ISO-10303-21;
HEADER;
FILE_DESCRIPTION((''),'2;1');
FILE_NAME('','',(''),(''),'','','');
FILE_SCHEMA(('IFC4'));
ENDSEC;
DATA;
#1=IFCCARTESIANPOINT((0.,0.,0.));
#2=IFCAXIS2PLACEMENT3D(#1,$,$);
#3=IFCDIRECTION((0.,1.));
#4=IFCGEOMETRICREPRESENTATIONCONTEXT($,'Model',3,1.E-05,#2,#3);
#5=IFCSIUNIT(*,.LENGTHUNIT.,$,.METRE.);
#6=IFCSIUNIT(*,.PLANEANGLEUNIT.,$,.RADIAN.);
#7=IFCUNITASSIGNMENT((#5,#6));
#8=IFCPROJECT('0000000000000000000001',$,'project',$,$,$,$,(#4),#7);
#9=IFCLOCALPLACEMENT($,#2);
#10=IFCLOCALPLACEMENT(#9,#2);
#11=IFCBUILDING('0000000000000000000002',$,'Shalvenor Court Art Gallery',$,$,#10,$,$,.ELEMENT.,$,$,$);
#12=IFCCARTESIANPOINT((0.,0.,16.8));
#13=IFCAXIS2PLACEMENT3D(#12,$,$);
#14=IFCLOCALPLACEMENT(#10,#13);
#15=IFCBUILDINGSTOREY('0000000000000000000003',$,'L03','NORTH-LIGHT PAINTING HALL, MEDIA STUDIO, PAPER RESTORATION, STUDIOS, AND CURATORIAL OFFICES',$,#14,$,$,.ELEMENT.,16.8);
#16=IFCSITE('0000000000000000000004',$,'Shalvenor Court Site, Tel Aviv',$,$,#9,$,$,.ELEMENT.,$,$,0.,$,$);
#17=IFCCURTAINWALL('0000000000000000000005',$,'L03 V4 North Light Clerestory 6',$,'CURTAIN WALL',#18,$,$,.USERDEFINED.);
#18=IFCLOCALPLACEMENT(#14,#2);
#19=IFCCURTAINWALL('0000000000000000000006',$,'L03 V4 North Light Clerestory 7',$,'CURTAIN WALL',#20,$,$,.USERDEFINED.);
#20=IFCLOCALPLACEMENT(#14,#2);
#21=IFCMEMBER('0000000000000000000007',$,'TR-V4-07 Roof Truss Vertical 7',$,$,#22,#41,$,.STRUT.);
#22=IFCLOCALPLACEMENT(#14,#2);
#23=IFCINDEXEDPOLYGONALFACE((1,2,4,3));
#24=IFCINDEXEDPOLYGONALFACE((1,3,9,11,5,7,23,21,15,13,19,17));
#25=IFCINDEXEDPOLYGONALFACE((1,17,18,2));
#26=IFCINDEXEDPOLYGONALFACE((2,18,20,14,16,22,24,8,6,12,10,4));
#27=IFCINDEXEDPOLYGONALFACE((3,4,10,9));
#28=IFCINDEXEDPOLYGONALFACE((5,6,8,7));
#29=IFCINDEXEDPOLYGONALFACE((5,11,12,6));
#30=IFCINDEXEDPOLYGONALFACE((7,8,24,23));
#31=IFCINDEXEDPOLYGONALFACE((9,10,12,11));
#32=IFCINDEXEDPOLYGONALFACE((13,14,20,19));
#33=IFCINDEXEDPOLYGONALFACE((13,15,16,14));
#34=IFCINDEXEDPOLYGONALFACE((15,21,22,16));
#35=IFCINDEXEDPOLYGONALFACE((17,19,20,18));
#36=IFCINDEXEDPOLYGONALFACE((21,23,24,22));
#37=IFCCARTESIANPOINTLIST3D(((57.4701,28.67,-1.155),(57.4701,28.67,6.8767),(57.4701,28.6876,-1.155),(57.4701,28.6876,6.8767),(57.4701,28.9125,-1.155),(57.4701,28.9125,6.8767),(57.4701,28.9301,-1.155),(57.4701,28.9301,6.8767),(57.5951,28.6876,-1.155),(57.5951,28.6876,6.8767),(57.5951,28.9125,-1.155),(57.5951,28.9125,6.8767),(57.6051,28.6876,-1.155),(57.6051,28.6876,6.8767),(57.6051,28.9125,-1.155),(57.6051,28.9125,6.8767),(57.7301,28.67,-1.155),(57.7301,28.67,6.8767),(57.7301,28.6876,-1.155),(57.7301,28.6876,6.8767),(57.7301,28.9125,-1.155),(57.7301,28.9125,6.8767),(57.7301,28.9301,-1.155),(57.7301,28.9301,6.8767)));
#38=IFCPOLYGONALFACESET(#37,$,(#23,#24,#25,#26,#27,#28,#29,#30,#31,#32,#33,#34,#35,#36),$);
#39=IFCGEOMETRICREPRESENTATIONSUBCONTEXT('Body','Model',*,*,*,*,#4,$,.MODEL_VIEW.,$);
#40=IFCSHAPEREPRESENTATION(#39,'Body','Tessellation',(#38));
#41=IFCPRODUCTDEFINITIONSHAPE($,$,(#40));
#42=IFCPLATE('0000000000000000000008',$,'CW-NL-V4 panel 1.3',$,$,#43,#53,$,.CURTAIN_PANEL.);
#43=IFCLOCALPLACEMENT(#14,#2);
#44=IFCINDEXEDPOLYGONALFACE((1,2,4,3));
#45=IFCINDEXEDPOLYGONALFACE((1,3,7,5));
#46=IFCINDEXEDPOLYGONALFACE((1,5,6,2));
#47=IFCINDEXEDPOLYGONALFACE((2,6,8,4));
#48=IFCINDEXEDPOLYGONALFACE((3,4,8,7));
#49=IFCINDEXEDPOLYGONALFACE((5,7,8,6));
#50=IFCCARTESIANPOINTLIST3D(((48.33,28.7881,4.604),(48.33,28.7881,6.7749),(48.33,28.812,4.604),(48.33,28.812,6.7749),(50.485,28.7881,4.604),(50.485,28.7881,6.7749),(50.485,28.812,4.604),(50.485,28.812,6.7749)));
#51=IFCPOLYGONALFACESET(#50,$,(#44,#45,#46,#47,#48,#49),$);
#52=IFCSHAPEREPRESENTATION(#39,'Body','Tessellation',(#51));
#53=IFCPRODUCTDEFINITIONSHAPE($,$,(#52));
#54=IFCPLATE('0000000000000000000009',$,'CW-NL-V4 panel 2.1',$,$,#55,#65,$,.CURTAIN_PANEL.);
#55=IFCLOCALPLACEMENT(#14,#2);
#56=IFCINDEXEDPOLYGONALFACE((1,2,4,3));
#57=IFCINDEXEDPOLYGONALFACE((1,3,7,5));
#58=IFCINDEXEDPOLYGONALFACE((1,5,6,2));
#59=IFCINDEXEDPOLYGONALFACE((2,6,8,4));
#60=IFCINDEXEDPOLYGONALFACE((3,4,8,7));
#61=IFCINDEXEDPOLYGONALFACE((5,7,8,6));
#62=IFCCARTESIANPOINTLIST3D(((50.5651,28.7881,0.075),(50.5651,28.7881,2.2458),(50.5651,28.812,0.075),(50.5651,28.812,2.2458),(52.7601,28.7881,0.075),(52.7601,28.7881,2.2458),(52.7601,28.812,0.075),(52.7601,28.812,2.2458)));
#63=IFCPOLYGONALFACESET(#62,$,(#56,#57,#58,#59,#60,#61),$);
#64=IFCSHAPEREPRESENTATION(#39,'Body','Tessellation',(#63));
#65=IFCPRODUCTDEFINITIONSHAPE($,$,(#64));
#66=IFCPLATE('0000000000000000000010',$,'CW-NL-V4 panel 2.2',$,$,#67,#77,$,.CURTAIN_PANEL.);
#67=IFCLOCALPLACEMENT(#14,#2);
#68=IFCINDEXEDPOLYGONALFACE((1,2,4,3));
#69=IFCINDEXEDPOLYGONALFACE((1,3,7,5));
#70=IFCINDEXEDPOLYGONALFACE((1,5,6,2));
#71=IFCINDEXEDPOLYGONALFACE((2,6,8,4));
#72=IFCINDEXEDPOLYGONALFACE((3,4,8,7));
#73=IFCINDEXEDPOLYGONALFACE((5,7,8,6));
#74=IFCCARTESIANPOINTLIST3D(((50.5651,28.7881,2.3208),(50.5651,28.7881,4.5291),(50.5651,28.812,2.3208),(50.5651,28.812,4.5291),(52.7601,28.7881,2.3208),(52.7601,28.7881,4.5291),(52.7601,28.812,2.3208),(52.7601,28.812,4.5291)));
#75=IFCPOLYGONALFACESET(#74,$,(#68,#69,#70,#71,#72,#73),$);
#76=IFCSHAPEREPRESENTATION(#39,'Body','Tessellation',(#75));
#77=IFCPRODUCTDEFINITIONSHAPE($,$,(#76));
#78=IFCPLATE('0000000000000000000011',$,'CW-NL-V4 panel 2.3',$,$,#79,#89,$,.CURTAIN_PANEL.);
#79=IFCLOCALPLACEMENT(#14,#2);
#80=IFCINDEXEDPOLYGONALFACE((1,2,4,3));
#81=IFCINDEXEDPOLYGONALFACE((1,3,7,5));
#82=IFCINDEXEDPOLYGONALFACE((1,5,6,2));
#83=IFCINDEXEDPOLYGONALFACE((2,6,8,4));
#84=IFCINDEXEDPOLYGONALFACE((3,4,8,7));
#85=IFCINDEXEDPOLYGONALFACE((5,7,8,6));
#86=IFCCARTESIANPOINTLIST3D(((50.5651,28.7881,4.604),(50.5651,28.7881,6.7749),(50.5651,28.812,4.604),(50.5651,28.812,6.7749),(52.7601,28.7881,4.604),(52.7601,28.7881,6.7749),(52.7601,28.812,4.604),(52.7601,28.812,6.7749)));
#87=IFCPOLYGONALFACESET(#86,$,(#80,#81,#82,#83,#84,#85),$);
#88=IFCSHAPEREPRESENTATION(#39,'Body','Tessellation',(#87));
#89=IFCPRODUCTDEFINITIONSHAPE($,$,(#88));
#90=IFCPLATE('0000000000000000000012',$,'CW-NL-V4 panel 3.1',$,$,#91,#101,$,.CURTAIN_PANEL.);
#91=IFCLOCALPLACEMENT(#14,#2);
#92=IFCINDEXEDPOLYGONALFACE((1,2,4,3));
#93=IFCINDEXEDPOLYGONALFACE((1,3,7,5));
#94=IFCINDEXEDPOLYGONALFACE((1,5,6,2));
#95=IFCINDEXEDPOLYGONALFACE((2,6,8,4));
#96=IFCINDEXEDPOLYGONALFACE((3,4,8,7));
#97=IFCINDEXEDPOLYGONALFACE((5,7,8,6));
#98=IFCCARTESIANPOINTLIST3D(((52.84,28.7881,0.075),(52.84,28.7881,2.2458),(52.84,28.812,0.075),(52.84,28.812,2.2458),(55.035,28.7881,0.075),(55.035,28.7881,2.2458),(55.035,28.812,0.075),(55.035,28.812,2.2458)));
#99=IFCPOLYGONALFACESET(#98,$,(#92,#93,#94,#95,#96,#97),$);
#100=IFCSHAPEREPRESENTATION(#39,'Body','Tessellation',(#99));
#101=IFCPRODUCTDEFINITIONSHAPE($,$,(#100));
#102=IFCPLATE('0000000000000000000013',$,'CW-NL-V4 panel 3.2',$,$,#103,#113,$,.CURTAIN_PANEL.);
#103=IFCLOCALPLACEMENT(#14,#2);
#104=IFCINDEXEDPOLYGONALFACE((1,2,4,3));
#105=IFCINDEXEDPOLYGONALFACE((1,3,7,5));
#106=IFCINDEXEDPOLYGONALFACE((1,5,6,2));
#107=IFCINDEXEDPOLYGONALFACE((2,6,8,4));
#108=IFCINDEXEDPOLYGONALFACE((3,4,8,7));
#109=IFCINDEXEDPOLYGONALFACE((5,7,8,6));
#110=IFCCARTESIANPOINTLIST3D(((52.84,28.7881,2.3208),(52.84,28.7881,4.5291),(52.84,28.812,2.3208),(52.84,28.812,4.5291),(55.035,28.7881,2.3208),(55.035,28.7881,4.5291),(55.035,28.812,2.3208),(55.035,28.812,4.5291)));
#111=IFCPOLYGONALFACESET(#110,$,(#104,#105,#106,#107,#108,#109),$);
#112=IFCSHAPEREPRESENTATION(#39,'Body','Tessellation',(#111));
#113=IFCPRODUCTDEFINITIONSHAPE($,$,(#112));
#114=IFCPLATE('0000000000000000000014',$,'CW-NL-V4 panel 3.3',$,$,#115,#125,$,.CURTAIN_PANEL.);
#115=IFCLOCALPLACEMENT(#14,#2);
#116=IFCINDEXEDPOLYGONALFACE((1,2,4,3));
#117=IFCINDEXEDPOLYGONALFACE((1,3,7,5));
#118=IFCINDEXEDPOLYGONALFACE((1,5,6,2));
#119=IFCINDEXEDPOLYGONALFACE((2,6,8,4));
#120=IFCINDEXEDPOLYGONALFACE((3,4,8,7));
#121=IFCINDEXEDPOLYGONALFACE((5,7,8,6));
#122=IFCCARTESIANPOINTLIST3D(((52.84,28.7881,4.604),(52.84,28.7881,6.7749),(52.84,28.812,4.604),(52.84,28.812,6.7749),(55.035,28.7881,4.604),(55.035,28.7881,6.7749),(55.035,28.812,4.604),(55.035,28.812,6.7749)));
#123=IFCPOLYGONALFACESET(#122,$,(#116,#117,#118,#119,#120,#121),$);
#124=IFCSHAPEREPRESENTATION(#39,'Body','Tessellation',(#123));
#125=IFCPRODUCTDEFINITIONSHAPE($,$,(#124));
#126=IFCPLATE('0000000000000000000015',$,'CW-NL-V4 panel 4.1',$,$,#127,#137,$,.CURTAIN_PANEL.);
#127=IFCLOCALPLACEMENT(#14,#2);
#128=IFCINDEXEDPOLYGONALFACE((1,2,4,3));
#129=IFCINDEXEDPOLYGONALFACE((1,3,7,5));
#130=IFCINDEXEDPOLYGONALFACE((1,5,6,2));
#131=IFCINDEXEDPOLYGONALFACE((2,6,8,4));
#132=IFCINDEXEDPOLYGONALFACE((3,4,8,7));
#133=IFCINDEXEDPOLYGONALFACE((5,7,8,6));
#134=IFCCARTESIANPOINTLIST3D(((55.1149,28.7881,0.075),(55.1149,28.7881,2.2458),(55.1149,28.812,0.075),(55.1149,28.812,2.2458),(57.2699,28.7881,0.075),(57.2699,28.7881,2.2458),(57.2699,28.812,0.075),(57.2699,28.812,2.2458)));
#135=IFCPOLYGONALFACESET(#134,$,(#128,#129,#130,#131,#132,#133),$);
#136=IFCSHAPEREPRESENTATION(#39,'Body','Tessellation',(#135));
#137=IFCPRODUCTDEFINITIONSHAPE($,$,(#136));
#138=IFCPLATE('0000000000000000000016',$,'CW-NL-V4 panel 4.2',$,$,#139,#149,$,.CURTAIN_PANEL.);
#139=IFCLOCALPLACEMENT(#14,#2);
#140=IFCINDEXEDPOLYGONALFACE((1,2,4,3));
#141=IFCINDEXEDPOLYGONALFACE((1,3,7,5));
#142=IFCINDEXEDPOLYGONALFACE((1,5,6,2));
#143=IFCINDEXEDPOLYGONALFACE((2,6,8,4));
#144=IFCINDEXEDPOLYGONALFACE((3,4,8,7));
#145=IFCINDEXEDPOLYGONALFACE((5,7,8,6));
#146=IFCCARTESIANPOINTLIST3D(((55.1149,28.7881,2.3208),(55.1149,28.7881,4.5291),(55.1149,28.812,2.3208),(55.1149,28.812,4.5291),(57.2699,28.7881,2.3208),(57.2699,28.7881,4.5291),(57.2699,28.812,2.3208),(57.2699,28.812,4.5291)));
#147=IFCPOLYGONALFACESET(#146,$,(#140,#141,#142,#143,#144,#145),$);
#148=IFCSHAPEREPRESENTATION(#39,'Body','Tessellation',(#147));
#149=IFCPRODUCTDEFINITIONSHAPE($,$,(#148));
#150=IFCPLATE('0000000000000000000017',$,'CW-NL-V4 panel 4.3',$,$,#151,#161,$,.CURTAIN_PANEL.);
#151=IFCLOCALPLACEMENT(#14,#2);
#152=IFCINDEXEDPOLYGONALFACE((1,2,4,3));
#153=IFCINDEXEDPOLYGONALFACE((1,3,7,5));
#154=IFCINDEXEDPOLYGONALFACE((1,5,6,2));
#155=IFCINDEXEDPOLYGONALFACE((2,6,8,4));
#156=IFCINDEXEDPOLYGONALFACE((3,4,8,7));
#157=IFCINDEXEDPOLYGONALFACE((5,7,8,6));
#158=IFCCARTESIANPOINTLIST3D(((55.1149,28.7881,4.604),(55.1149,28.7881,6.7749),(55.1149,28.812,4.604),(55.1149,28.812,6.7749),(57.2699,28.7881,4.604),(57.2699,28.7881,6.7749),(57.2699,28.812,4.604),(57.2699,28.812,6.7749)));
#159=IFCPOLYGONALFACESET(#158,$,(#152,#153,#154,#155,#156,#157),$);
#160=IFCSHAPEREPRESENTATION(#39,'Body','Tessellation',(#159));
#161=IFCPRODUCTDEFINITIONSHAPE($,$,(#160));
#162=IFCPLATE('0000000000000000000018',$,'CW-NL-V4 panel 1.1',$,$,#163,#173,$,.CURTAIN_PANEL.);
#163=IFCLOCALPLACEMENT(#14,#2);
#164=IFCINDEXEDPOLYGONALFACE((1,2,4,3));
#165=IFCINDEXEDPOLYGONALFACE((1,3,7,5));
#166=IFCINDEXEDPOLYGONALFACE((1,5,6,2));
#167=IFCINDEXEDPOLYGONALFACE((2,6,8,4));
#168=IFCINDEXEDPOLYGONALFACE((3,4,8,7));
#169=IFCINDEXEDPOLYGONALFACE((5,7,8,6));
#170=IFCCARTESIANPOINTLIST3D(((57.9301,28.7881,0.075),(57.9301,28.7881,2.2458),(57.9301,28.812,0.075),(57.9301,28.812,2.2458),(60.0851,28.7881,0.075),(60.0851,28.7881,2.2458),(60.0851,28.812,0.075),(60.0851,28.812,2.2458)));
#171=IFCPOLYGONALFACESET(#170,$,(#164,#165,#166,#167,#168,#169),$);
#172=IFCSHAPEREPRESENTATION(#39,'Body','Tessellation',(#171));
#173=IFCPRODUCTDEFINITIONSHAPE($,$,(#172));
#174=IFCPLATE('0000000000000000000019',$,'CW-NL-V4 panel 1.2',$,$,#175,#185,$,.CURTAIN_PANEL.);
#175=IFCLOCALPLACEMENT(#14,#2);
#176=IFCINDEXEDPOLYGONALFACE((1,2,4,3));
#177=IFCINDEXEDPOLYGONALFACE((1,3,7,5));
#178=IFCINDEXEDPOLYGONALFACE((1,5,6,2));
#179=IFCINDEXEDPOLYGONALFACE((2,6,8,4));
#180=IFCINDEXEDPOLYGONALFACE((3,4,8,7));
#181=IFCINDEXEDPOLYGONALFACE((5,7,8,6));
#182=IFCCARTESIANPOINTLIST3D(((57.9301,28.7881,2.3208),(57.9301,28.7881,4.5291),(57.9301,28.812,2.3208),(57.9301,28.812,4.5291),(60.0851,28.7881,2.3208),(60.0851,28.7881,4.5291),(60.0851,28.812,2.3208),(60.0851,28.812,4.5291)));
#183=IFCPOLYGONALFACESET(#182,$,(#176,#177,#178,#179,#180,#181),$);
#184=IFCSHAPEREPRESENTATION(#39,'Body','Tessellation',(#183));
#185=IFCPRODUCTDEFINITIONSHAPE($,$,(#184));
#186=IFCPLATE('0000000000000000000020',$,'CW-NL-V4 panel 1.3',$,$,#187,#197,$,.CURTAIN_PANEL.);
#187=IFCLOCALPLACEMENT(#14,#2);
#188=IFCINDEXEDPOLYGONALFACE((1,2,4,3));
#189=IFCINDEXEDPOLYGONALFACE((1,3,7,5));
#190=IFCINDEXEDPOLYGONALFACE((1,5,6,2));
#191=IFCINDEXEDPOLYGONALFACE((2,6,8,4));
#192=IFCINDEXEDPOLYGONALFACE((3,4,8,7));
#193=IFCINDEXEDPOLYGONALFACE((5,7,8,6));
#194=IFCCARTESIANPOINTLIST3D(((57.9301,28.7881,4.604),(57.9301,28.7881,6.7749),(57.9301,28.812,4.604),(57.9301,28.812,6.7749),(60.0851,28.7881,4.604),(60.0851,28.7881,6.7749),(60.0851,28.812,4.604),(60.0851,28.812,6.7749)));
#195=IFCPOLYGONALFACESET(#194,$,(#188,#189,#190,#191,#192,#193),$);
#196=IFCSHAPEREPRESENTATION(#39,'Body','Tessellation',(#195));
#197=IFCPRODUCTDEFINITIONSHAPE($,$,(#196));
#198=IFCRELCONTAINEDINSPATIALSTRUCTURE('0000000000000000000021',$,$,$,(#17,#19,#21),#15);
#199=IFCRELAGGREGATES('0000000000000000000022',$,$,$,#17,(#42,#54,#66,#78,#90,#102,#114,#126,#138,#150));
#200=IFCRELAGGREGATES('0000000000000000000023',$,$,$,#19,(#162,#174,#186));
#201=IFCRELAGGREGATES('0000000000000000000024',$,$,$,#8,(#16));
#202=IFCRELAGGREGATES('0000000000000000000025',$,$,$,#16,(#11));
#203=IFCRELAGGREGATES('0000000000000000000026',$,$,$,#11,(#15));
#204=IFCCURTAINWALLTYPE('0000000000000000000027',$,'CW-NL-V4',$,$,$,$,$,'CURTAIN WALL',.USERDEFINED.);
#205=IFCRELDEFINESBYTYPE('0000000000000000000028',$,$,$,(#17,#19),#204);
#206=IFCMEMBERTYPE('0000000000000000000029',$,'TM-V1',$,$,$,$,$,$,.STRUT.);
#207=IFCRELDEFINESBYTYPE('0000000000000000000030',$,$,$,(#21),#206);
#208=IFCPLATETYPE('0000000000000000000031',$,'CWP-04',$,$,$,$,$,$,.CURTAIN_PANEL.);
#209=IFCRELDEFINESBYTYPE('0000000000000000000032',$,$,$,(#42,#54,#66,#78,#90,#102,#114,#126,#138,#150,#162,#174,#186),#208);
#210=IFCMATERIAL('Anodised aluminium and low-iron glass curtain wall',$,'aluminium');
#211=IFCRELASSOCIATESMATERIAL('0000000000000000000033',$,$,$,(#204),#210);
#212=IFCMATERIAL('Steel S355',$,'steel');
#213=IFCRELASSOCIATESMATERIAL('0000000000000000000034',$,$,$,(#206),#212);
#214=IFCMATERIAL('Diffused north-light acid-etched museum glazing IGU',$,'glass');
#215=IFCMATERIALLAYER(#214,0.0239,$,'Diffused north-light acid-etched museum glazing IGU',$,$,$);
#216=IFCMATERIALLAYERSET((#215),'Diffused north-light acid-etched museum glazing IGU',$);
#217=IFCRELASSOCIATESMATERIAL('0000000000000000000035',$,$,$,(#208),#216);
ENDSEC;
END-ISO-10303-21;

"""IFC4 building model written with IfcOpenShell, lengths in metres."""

from ifc_helpers import new_model, si_unit, direction, frame, origin, origin_2d, place, context, subcontext, project, spatial, rectangle, i_section, extrude, material, layer, layer_set, material_profile, profile_set, type_object, element, aggregate, save


model = new_model("IFC4")

# Units and contexts
model_context = context("Model", 3, precision=1e-05, world=origin(), true_north=direction((0.0, 1.0)))
body_context = subcontext(model_context, "Body", "Model", "MODEL_VIEW")
ifc_project = project(units=[si_unit("LENGTHUNIT", "METRE"), si_unit("PLANEANGLEUNIT", "RADIAN")], contexts=[model_context])

# Site, building, storey
site_placement = place(None, origin())
site = spatial("IfcSite", under=ifc_project, at=site_placement, Name="Shalvenor Court Site, Tel Aviv", CompositionType="ELEMENT", RefElevation=0.0)
building_placement = place(site_placement, origin())
building = spatial("IfcBuilding", under=site, at=building_placement, Name="Shalvenor Court Art Gallery", CompositionType="ELEMENT")
storey_placement = place(building_placement, frame((0.0, 0.0, 16.8)))
storey = spatial("IfcBuildingStorey", under=building, at=storey_placement, Name="L03", Description="NORTH-LIGHT PAINTING HALL, MEDIA STUDIO, PAPER RESTORATION, STUDIOS, AND CURATORIAL OFFICES", CompositionType="ELEMENT", Elevation=16.8)

# Curtain walls
ifc_material_1 = material(Name="Anodised aluminium and low-iron glass curtain wall", Category="aluminium")
curtain_wall_type = type_object("IfcCurtainWallType", Name="CW-NL-V4", ElementType="CURTAIN WALL", PredefinedType="USERDEFINED", material=ifc_material_1)
curtain_wall_1_placement = place(storey_placement, origin())
curtain_wall_1 = element("IfcCurtainWall", 1, at=curtain_wall_1_placement, inside=storey, type_object=curtain_wall_type, Name="L03 V4 North Light Clerestory 6", ObjectType="CURTAIN WALL", PredefinedType="USERDEFINED")
curtain_wall_2_placement = place(storey_placement, origin())
curtain_wall_2 = element("IfcCurtainWall", 2, at=curtain_wall_2_placement, inside=storey, type_object=curtain_wall_type, Name="L03 V4 North Light Clerestory 7", ObjectType="CURTAIN WALL", PredefinedType="USERDEFINED")

# Member
ifc_material_2 = material(Name="Steel S355", Category="steel")
ifc_material_profile_1 = material_profile(ifc_material_2, i_section(OverallWidth=0.26, OverallDepth=0.26, WebThickness=0.01, FlangeThickness=0.0176, at=origin_2d()), Name="HEB 260")
ifc_profile_set_1 = profile_set([ifc_material_profile_1], Name="Steel S355")
member_type_1 = type_object("IfcMemberType", Name="TM-V1", PredefinedType="STRUT", material=ifc_profile_set_1)
member_1_placement = place(storey_placement, frame((57.6001, 28.8, -1.155), z_axis=(0.0, 0.0, 1.0), x_axis=(1.0, 0.0, 0.0)))
element("IfcMember", 3, at=member_1_placement, inside=storey, type_object=member_type_1, Name="TR-V4-07 Roof Truss Vertical 7", PredefinedType="STRUT", context=body_context, shape_type="SweptSolid", body=[
    extrude(i_section(OverallWidth=0.26, OverallDepth=0.26, WebThickness=0.01, FlangeThickness=0.0176, at=origin_2d()), origin(), (0.0, 0.0, 1.0), 8.0317),
])

# Plates
ifc_material_3 = material(Name="Diffused north-light acid-etched museum glazing IGU", Category="glass")
ifc_layer_1 = layer(ifc_material_3, 0.0239, Name="Diffused north-light acid-etched museum glazing IGU")
ifc_layer_set_1 = layer_set([ifc_layer_1], Name="Diffused north-light acid-etched museum glazing IGU")
plate_type_1 = type_object("IfcPlateType", Name="CWP-04", PredefinedType="CURTAIN_PANEL", material=ifc_layer_set_1)
plate_1_placement = place(storey_placement, frame((49.4075, 28.8, 4.604), z_axis=(0.0, 0.0, 1.0), x_axis=(1.0, 0.0, 0.0)))
plate_1 = element("IfcPlate", 4, at=plate_1_placement, type_object=plate_type_1, Name="CW-NL-V4 panel 1.3", PredefinedType="CURTAIN_PANEL", context=body_context, shape_type="SweptSolid", body=[
    extrude(rectangle(XDim=2.155, YDim=0.0239, at=origin_2d()), origin(), (0.0, 0.0, 1.0), 2.1709),
])
plate_2_placement = place(storey_placement, frame((51.6626, 28.8, 0.075), z_axis=(0.0, 0.0, 1.0), x_axis=(1.0, 0.0, 0.0)))
plate_2 = element("IfcPlate", 5, at=plate_2_placement, type_object=plate_type_1, Name="CW-NL-V4 panel 2.1", PredefinedType="CURTAIN_PANEL", context=body_context, shape_type="SweptSolid", body=[
    extrude(rectangle(XDim=2.1951, YDim=0.0239, at=origin_2d()), origin(), (0.0, 0.0, 1.0), 2.1709),
])
plate_3_placement = place(storey_placement, frame((51.6626, 28.8, 2.3208), z_axis=(0.0, 0.0, 1.0), x_axis=(1.0, 0.0, 0.0)))
plate_3 = element("IfcPlate", 6, at=plate_3_placement, type_object=plate_type_1, Name="CW-NL-V4 panel 2.2", PredefinedType="CURTAIN_PANEL", context=body_context, shape_type="SweptSolid", body=[
    extrude(rectangle(XDim=2.1951, YDim=0.0239, at=origin_2d()), origin(), (0.0, 0.0, 1.0), 2.2083),
])
plate_4_placement = place(storey_placement, frame((51.6626, 28.8, 4.604), z_axis=(0.0, 0.0, 1.0), x_axis=(1.0, 0.0, 0.0)))
plate_4 = element("IfcPlate", 7, at=plate_4_placement, type_object=plate_type_1, Name="CW-NL-V4 panel 2.3", PredefinedType="CURTAIN_PANEL", context=body_context, shape_type="SweptSolid", body=[
    extrude(rectangle(XDim=2.1951, YDim=0.0239, at=origin_2d()), origin(), (0.0, 0.0, 1.0), 2.1709),
])
plate_5_placement = place(storey_placement, frame((53.9375, 28.8, 0.075), z_axis=(0.0, 0.0, 1.0), x_axis=(1.0, 0.0, 0.0)))
plate_5 = element("IfcPlate", 8, at=plate_5_placement, type_object=plate_type_1, Name="CW-NL-V4 panel 3.1", PredefinedType="CURTAIN_PANEL", context=body_context, shape_type="SweptSolid", body=[
    extrude(rectangle(XDim=2.1951, YDim=0.0239, at=origin_2d()), origin(), (0.0, 0.0, 1.0), 2.1709),
])
plate_6_placement = place(storey_placement, frame((53.9375, 28.8, 2.3208), z_axis=(0.0, 0.0, 1.0), x_axis=(1.0, 0.0, 0.0)))
plate_6 = element("IfcPlate", 9, at=plate_6_placement, type_object=plate_type_1, Name="CW-NL-V4 panel 3.2", PredefinedType="CURTAIN_PANEL", context=body_context, shape_type="SweptSolid", body=[
    extrude(rectangle(XDim=2.1951, YDim=0.0239, at=origin_2d()), origin(), (0.0, 0.0, 1.0), 2.2083),
])
plate_7_placement = place(storey_placement, frame((53.9375, 28.8, 4.604), z_axis=(0.0, 0.0, 1.0), x_axis=(1.0, 0.0, 0.0)))
plate_7 = element("IfcPlate", 10, at=plate_7_placement, type_object=plate_type_1, Name="CW-NL-V4 panel 3.3", PredefinedType="CURTAIN_PANEL", context=body_context, shape_type="SweptSolid", body=[
    extrude(rectangle(XDim=2.1951, YDim=0.0239, at=origin_2d()), origin(), (0.0, 0.0, 1.0), 2.1709),
])
plate_8_placement = place(storey_placement, frame((56.1924, 28.8, 0.075), z_axis=(0.0, 0.0, 1.0), x_axis=(1.0, 0.0, 0.0)))
plate_8 = element("IfcPlate", 11, at=plate_8_placement, type_object=plate_type_1, Name="CW-NL-V4 panel 4.1", PredefinedType="CURTAIN_PANEL", context=body_context, shape_type="SweptSolid", body=[
    extrude(rectangle(XDim=2.155, YDim=0.0239, at=origin_2d()), origin(), (0.0, 0.0, 1.0), 2.1709),
])
plate_9_placement = place(storey_placement, frame((56.1924, 28.8, 2.3208), z_axis=(0.0, 0.0, 1.0), x_axis=(1.0, 0.0, 0.0)))
plate_9 = element("IfcPlate", 12, at=plate_9_placement, type_object=plate_type_1, Name="CW-NL-V4 panel 4.2", PredefinedType="CURTAIN_PANEL", context=body_context, shape_type="SweptSolid", body=[
    extrude(rectangle(XDim=2.155, YDim=0.0239, at=origin_2d()), origin(), (0.0, 0.0, 1.0), 2.2083),
])
plate_10_placement = place(storey_placement, frame((56.1924, 28.8, 4.604), z_axis=(0.0, 0.0, 1.0), x_axis=(1.0, 0.0, 0.0)))
plate_10 = element("IfcPlate", 13, at=plate_10_placement, type_object=plate_type_1, Name="CW-NL-V4 panel 4.3", PredefinedType="CURTAIN_PANEL", context=body_context, shape_type="SweptSolid", body=[
    extrude(rectangle(XDim=2.155, YDim=0.0239, at=origin_2d()), origin(), (0.0, 0.0, 1.0), 2.1709),
])
aggregate(curtain_wall_1, [plate_1, plate_2, plate_3, plate_4, plate_5, plate_6, plate_7, plate_8, plate_9, plate_10])
plate_11_placement = place(storey_placement, frame((59.0076, 28.8, 0.075), z_axis=(0.0, 0.0, 1.0), x_axis=(1.0, 0.0, 0.0)))
plate_11 = element("IfcPlate", 14, at=plate_11_placement, type_object=plate_type_1, Name="CW-NL-V4 panel 1.1", PredefinedType="CURTAIN_PANEL", context=body_context, shape_type="SweptSolid", body=[
    extrude(rectangle(XDim=2.155, YDim=0.0239, at=origin_2d()), origin(), (0.0, 0.0, 1.0), 2.1709),
])
plate_12_placement = place(storey_placement, frame((59.0076, 28.8, 2.3208), z_axis=(0.0, 0.0, 1.0), x_axis=(1.0, 0.0, 0.0)))
plate_12 = element("IfcPlate", 15, at=plate_12_placement, type_object=plate_type_1, Name="CW-NL-V4 panel 1.2", PredefinedType="CURTAIN_PANEL", context=body_context, shape_type="SweptSolid", body=[
    extrude(rectangle(XDim=2.155, YDim=0.0239, at=origin_2d()), origin(), (0.0, 0.0, 1.0), 2.2083),
])
plate_13_placement = place(storey_placement, frame((59.0076, 28.8, 4.604), z_axis=(0.0, 0.0, 1.0), x_axis=(1.0, 0.0, 0.0)))
plate_13 = element("IfcPlate", 16, at=plate_13_placement, type_object=plate_type_1, Name="CW-NL-V4 panel 1.3", PredefinedType="CURTAIN_PANEL", context=body_context, shape_type="SweptSolid", body=[
    extrude(rectangle(XDim=2.155, YDim=0.0239, at=origin_2d()), origin(), (0.0, 0.0, 1.0), 2.1709),
])
aggregate(curtain_wall_2, [plate_11, plate_12, plate_13])

save(model, "model.ifc")
